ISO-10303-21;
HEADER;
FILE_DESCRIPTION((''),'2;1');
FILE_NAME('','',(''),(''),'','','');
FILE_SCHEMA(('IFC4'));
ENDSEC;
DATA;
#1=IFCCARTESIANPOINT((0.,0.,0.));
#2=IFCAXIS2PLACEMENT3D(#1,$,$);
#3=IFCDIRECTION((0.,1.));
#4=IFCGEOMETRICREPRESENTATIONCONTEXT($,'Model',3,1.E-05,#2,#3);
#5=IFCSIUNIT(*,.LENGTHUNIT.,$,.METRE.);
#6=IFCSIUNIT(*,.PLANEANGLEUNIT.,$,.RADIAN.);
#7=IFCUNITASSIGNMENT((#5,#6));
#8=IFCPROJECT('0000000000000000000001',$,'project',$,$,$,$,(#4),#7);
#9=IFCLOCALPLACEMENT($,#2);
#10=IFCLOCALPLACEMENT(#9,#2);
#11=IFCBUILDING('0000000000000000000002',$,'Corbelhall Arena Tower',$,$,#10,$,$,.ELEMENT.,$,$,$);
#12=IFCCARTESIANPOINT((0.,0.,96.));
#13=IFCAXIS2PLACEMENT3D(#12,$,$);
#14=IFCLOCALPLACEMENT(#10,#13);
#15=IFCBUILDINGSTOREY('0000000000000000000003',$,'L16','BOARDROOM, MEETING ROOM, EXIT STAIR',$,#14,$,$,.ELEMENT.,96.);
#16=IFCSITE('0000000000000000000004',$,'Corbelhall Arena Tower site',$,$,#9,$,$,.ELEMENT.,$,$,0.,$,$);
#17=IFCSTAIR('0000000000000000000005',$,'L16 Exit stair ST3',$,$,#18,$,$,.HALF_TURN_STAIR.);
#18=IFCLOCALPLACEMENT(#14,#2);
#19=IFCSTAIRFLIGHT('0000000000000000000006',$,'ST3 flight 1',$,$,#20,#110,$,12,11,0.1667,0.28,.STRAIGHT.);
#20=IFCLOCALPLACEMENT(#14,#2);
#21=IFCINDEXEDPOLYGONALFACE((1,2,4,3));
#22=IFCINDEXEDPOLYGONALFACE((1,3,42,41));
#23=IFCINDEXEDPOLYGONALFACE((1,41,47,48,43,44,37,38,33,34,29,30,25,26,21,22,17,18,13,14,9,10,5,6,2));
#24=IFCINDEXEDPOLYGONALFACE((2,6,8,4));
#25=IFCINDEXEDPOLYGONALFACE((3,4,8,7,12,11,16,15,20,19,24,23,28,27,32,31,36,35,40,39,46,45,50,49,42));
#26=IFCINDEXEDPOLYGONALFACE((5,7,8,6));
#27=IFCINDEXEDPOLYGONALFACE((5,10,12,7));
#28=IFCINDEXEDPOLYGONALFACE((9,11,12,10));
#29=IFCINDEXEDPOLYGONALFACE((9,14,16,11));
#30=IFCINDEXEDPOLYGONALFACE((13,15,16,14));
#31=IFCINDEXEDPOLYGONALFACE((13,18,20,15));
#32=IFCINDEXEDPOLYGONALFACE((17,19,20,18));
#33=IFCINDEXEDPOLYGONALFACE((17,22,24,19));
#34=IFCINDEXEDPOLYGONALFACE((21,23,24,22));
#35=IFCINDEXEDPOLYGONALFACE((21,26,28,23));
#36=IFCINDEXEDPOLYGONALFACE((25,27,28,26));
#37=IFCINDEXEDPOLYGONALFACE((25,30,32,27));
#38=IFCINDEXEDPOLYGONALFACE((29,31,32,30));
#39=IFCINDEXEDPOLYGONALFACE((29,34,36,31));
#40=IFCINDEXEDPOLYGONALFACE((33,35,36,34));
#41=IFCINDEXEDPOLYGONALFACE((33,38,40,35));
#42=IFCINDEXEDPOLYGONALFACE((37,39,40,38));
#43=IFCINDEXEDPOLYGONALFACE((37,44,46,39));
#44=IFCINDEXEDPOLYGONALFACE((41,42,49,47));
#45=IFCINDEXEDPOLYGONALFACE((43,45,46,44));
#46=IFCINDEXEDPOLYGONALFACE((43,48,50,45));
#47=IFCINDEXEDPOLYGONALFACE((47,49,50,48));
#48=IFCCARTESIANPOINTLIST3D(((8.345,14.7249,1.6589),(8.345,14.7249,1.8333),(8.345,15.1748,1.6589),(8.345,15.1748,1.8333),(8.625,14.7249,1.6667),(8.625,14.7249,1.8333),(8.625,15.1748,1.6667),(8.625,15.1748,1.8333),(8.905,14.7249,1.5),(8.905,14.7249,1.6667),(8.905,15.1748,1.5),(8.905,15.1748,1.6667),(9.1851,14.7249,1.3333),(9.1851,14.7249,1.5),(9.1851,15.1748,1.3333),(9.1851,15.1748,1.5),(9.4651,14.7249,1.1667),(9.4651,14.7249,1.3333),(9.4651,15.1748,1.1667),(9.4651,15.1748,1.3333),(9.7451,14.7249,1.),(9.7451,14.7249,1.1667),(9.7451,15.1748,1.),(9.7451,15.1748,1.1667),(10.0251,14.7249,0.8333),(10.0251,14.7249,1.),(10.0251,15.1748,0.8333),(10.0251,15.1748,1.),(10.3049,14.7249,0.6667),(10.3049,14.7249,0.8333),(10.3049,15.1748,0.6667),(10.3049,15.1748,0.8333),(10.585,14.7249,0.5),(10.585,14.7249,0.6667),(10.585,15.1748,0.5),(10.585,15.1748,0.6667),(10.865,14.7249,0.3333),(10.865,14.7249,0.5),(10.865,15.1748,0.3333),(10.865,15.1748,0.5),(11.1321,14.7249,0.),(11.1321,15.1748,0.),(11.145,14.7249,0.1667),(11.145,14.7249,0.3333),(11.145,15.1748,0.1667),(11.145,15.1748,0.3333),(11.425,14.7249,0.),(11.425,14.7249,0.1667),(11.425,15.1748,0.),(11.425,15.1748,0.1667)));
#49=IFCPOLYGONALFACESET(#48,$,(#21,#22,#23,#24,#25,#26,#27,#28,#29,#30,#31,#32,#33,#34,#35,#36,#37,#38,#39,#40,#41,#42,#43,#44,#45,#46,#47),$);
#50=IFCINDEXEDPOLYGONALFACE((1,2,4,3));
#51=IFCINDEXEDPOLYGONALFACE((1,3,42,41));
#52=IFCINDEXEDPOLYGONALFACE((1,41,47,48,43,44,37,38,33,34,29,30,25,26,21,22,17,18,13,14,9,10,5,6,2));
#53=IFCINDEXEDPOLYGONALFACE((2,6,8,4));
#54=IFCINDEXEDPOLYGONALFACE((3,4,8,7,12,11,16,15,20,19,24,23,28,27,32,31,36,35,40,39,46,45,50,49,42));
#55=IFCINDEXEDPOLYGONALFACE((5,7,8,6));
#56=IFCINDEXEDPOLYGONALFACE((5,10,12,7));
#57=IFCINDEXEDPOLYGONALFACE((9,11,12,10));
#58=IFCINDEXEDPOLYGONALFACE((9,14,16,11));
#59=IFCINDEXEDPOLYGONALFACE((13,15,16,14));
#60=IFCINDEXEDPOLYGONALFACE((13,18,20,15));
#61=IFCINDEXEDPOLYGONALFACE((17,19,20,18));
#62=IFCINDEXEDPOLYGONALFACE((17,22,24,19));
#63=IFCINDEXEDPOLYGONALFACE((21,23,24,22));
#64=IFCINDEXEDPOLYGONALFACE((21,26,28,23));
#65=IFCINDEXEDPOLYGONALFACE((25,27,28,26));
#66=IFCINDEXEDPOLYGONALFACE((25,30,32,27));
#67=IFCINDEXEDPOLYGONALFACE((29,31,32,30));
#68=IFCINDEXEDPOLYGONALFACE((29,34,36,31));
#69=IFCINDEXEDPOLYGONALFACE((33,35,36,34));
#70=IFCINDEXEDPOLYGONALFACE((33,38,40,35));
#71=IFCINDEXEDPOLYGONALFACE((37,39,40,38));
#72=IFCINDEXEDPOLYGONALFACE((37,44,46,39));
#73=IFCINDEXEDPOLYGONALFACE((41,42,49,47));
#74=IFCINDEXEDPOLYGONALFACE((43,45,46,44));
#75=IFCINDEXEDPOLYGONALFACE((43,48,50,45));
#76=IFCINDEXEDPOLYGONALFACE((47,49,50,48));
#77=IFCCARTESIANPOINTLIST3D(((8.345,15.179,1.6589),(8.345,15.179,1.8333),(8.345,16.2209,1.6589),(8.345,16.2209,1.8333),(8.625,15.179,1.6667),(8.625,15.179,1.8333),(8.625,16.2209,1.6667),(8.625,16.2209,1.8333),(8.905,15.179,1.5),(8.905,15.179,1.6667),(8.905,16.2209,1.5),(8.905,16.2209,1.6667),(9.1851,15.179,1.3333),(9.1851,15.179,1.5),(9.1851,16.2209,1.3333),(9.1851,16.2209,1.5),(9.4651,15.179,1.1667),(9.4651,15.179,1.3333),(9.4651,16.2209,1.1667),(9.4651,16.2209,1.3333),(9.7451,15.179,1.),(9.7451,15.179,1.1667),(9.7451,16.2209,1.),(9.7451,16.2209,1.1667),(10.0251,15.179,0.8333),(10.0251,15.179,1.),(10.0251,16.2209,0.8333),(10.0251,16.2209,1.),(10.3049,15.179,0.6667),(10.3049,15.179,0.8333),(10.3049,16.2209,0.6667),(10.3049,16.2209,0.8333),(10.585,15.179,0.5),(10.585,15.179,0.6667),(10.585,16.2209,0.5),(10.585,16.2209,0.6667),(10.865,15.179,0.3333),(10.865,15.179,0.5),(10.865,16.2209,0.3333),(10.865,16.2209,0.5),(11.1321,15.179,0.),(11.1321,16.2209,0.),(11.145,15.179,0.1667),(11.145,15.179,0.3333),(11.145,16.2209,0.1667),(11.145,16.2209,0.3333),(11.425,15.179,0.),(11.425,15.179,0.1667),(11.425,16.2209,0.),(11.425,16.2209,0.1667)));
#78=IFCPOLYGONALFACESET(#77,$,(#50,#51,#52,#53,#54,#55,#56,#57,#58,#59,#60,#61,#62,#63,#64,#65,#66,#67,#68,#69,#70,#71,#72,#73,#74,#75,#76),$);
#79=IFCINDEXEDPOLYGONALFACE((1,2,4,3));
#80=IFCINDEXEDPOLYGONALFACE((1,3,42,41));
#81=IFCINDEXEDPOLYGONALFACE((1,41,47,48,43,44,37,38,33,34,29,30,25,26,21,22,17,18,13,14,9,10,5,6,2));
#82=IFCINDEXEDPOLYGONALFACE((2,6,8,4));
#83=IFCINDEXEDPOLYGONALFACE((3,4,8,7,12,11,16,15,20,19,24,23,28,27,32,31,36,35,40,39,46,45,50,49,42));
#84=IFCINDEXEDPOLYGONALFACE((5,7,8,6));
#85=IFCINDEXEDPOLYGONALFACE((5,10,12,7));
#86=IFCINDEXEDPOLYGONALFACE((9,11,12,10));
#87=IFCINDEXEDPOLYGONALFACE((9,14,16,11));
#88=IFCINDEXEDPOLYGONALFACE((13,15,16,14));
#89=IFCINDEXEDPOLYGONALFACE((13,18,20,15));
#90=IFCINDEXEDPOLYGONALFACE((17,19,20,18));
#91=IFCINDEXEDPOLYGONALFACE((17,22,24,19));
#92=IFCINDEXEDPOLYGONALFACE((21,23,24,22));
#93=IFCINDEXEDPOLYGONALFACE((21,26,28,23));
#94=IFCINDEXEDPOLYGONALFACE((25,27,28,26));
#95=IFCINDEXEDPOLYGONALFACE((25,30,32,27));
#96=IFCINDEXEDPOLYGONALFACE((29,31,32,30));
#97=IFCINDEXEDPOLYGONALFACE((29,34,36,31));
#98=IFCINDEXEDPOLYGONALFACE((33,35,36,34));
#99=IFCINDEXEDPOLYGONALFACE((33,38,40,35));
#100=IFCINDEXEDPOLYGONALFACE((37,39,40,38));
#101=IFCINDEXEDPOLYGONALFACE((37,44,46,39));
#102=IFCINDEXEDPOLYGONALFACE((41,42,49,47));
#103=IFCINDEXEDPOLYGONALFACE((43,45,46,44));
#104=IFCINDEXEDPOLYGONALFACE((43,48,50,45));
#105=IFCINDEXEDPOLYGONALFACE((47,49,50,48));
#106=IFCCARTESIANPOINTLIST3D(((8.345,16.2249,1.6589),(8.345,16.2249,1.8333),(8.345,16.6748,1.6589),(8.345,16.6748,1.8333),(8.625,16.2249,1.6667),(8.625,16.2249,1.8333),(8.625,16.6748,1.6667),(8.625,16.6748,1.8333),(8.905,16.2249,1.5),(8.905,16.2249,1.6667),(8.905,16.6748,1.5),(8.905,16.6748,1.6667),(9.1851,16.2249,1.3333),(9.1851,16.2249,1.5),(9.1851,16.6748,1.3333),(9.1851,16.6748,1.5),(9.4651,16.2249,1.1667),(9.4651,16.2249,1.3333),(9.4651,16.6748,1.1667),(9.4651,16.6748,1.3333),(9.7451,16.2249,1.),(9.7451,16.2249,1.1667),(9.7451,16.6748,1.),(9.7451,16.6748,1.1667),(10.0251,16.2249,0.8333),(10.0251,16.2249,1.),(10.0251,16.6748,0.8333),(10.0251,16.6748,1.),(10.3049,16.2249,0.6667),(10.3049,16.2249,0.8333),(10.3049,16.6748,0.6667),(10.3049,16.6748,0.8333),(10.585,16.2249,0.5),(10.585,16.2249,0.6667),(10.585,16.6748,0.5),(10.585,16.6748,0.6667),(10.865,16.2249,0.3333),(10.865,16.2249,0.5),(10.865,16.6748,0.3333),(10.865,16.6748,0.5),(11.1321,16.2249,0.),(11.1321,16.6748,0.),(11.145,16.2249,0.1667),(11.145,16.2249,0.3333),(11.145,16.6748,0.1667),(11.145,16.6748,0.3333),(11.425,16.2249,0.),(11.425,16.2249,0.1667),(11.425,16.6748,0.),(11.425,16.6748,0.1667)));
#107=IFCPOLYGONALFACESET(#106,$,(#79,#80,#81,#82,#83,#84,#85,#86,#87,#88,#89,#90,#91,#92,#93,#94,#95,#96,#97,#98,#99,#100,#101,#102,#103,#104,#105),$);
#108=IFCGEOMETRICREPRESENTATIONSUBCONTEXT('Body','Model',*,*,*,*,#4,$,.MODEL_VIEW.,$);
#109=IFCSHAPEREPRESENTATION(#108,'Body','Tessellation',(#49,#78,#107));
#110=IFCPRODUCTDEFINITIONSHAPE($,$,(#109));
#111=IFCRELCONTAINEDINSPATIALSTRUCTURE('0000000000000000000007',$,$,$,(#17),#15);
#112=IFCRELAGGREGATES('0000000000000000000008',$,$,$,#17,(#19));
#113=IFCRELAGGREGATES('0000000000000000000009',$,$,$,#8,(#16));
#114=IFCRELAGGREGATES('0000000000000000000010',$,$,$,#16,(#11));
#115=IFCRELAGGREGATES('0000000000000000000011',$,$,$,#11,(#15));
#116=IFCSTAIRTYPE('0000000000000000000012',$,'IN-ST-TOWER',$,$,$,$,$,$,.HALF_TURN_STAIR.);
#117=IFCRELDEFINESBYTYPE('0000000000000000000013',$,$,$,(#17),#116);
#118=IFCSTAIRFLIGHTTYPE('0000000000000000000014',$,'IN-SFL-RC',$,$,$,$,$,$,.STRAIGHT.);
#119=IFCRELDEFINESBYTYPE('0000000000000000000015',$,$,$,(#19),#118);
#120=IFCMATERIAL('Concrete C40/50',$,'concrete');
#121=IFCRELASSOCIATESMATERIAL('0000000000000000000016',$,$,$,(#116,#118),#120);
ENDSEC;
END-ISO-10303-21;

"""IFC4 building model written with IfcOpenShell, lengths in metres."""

from ifc_helpers import new_model, si_unit, direction, frame, origin, place, context, subcontext, project, spatial, polyline, outline, extrude, material, type_object, element, aggregate, save


model = new_model("IFC4")

# Units and contexts
model_context = context("Model", 3, precision=1e-05, world=origin(), true_north=direction((0.0, 1.0)))
body_context = subcontext(model_context, "Body", "Model", "MODEL_VIEW")
ifc_project = project(units=[si_unit("LENGTHUNIT", "METRE"), si_unit("PLANEANGLEUNIT", "RADIAN")], contexts=[model_context])

# Site, building, storey
site_placement = place(None, origin())
site = spatial("IfcSite", under=ifc_project, at=site_placement, Name="Corbelhall Arena Tower site", CompositionType="ELEMENT", RefElevation=0.0)
building_placement = place(site_placement, origin())
building = spatial("IfcBuilding", under=site, at=building_placement, Name="Corbelhall Arena Tower", CompositionType="ELEMENT")
storey_placement = place(building_placement, frame((0.0, 0.0, 96.0)))
storey = spatial("IfcBuildingStorey", under=building, at=storey_placement, Name="L16", Description="BOARDROOM, MEETING ROOM, EXIT STAIR", CompositionType="ELEMENT", Elevation=96.0)

# Shared definitions
ifc_material_1 = material(Name="Concrete C40/50", Category="concrete")

# Stair, stair flight
stair_type = type_object("IfcStairType", Name="IN-ST-TOWER", PredefinedType="HALF_TURN_STAIR", material=ifc_material_1)
stair_placement = place(storey_placement, origin())
stair = element("IfcStair", 1, at=stair_placement, inside=storey, type_object=stair_type, Name="L16 Exit stair ST3", PredefinedType="HALF_TURN_STAIR")
stair_flight_type = type_object("IfcStairFlightType", Name="IN-SFL-RC", PredefinedType="STRAIGHT", material=ifc_material_1)
stair_flight_1_placement = place(storey_placement, frame((11.425, 15.7, 0.0), z_axis=(0.0, 0.0, 1.0), x_axis=(-1.0, 0.0, 0.0)))
stair_flight_1 = element("IfcStairFlight", 2, at=stair_flight_1_placement, type_object=stair_flight_type, Name="ST3 flight 1", NumberOfRisers=12, NumberOfTreads=11, PredefinedType="STRAIGHT", RiserHeight=0.1667, TreadLength=0.28, context=body_context, shape_type="SweptSolid", body=[
    extrude(outline(polyline([(0.0, 0.0), (0.0, 0.1667), (0.28, 0.1667), (0.28, 0.3333), (0.5601, 0.3333), (0.5601, 0.5), (0.8401, 0.5), (0.8401, 0.6667), (1.1201, 0.6667), (1.1201, 0.8333), (1.3999, 0.8333), (1.3999, 1.0), (1.6799, 1.0), (1.6799, 1.1667), (1.96, 1.1667), (1.96, 1.3333), (2.24, 1.3333), (2.24, 1.5), (2.52, 1.5), (2.52, 1.6667), (2.8, 1.6667), (2.8, 1.8333), (3.0801, 1.8333), (3.0801, 2.0), (3.0801, 1.6589), (0.293, 0.0), (0.0, 0.0)])), frame((0.0, 0.9751, 0.0), z_axis=(0.0, -1.0, 0.0), x_axis=(1.0, 0.0, 0.0)), (0.0, 0.0, 1.0), 0.45),
    extrude(outline(polyline([(0.0, 0.0), (0.0, 0.1667), (0.28, 0.1667), (0.28, 0.3333), (0.5601, 0.3333), (0.5601, 0.5), (0.8401, 0.5), (0.8401, 0.6667), (1.1201, 0.6667), (1.1201, 0.8333), (1.3999, 0.8333), (1.3999, 1.0), (1.6799, 1.0), (1.6799, 1.1667), (1.96, 1.1667), (1.96, 1.3333), (2.24, 1.3333), (2.24, 1.5), (2.52, 1.5), (2.52, 1.6667), (2.8, 1.6667), (2.8, 1.8333), (3.0801, 1.8333), (3.0801, 2.0), (3.0801, 1.6589), (0.293, 0.0), (0.0, 0.0)])), frame((0.0, 0.521, 0.0), z_axis=(0.0, -1.0, 0.0), x_axis=(1.0, 0.0, 0.0)), (0.0, 0.0, 1.0), 1.042),
    extrude(outline(polyline([(0.0, 0.0), (0.0, 0.1667), (0.28, 0.1667), (0.28, 0.3333), (0.5601, 0.3333), (0.5601, 0.5), (0.8401, 0.5), (0.8401, 0.6667), (1.1201, 0.6667), (1.1201, 0.8333), (1.3999, 0.8333), (1.3999, 1.0), (1.6799, 1.0), (1.6799, 1.1667), (1.96, 1.1667), (1.96, 1.3333), (2.24, 1.3333), (2.24, 1.5), (2.52, 1.5), (2.52, 1.6667), (2.8, 1.6667), (2.8, 1.8333), (3.0801, 1.8333), (3.0801, 2.0), (3.0801, 1.6589), (0.293, 0.0), (0.0, 0.0)])), frame((0.0, -0.5249, 0.0), z_axis=(0.0, -1.0, 0.0), x_axis=(1.0, 0.0, 0.0)), (0.0, 0.0, 1.0), 0.45),
])
aggregate(stair, [stair_flight_1])

save(model, "model.ifc")
